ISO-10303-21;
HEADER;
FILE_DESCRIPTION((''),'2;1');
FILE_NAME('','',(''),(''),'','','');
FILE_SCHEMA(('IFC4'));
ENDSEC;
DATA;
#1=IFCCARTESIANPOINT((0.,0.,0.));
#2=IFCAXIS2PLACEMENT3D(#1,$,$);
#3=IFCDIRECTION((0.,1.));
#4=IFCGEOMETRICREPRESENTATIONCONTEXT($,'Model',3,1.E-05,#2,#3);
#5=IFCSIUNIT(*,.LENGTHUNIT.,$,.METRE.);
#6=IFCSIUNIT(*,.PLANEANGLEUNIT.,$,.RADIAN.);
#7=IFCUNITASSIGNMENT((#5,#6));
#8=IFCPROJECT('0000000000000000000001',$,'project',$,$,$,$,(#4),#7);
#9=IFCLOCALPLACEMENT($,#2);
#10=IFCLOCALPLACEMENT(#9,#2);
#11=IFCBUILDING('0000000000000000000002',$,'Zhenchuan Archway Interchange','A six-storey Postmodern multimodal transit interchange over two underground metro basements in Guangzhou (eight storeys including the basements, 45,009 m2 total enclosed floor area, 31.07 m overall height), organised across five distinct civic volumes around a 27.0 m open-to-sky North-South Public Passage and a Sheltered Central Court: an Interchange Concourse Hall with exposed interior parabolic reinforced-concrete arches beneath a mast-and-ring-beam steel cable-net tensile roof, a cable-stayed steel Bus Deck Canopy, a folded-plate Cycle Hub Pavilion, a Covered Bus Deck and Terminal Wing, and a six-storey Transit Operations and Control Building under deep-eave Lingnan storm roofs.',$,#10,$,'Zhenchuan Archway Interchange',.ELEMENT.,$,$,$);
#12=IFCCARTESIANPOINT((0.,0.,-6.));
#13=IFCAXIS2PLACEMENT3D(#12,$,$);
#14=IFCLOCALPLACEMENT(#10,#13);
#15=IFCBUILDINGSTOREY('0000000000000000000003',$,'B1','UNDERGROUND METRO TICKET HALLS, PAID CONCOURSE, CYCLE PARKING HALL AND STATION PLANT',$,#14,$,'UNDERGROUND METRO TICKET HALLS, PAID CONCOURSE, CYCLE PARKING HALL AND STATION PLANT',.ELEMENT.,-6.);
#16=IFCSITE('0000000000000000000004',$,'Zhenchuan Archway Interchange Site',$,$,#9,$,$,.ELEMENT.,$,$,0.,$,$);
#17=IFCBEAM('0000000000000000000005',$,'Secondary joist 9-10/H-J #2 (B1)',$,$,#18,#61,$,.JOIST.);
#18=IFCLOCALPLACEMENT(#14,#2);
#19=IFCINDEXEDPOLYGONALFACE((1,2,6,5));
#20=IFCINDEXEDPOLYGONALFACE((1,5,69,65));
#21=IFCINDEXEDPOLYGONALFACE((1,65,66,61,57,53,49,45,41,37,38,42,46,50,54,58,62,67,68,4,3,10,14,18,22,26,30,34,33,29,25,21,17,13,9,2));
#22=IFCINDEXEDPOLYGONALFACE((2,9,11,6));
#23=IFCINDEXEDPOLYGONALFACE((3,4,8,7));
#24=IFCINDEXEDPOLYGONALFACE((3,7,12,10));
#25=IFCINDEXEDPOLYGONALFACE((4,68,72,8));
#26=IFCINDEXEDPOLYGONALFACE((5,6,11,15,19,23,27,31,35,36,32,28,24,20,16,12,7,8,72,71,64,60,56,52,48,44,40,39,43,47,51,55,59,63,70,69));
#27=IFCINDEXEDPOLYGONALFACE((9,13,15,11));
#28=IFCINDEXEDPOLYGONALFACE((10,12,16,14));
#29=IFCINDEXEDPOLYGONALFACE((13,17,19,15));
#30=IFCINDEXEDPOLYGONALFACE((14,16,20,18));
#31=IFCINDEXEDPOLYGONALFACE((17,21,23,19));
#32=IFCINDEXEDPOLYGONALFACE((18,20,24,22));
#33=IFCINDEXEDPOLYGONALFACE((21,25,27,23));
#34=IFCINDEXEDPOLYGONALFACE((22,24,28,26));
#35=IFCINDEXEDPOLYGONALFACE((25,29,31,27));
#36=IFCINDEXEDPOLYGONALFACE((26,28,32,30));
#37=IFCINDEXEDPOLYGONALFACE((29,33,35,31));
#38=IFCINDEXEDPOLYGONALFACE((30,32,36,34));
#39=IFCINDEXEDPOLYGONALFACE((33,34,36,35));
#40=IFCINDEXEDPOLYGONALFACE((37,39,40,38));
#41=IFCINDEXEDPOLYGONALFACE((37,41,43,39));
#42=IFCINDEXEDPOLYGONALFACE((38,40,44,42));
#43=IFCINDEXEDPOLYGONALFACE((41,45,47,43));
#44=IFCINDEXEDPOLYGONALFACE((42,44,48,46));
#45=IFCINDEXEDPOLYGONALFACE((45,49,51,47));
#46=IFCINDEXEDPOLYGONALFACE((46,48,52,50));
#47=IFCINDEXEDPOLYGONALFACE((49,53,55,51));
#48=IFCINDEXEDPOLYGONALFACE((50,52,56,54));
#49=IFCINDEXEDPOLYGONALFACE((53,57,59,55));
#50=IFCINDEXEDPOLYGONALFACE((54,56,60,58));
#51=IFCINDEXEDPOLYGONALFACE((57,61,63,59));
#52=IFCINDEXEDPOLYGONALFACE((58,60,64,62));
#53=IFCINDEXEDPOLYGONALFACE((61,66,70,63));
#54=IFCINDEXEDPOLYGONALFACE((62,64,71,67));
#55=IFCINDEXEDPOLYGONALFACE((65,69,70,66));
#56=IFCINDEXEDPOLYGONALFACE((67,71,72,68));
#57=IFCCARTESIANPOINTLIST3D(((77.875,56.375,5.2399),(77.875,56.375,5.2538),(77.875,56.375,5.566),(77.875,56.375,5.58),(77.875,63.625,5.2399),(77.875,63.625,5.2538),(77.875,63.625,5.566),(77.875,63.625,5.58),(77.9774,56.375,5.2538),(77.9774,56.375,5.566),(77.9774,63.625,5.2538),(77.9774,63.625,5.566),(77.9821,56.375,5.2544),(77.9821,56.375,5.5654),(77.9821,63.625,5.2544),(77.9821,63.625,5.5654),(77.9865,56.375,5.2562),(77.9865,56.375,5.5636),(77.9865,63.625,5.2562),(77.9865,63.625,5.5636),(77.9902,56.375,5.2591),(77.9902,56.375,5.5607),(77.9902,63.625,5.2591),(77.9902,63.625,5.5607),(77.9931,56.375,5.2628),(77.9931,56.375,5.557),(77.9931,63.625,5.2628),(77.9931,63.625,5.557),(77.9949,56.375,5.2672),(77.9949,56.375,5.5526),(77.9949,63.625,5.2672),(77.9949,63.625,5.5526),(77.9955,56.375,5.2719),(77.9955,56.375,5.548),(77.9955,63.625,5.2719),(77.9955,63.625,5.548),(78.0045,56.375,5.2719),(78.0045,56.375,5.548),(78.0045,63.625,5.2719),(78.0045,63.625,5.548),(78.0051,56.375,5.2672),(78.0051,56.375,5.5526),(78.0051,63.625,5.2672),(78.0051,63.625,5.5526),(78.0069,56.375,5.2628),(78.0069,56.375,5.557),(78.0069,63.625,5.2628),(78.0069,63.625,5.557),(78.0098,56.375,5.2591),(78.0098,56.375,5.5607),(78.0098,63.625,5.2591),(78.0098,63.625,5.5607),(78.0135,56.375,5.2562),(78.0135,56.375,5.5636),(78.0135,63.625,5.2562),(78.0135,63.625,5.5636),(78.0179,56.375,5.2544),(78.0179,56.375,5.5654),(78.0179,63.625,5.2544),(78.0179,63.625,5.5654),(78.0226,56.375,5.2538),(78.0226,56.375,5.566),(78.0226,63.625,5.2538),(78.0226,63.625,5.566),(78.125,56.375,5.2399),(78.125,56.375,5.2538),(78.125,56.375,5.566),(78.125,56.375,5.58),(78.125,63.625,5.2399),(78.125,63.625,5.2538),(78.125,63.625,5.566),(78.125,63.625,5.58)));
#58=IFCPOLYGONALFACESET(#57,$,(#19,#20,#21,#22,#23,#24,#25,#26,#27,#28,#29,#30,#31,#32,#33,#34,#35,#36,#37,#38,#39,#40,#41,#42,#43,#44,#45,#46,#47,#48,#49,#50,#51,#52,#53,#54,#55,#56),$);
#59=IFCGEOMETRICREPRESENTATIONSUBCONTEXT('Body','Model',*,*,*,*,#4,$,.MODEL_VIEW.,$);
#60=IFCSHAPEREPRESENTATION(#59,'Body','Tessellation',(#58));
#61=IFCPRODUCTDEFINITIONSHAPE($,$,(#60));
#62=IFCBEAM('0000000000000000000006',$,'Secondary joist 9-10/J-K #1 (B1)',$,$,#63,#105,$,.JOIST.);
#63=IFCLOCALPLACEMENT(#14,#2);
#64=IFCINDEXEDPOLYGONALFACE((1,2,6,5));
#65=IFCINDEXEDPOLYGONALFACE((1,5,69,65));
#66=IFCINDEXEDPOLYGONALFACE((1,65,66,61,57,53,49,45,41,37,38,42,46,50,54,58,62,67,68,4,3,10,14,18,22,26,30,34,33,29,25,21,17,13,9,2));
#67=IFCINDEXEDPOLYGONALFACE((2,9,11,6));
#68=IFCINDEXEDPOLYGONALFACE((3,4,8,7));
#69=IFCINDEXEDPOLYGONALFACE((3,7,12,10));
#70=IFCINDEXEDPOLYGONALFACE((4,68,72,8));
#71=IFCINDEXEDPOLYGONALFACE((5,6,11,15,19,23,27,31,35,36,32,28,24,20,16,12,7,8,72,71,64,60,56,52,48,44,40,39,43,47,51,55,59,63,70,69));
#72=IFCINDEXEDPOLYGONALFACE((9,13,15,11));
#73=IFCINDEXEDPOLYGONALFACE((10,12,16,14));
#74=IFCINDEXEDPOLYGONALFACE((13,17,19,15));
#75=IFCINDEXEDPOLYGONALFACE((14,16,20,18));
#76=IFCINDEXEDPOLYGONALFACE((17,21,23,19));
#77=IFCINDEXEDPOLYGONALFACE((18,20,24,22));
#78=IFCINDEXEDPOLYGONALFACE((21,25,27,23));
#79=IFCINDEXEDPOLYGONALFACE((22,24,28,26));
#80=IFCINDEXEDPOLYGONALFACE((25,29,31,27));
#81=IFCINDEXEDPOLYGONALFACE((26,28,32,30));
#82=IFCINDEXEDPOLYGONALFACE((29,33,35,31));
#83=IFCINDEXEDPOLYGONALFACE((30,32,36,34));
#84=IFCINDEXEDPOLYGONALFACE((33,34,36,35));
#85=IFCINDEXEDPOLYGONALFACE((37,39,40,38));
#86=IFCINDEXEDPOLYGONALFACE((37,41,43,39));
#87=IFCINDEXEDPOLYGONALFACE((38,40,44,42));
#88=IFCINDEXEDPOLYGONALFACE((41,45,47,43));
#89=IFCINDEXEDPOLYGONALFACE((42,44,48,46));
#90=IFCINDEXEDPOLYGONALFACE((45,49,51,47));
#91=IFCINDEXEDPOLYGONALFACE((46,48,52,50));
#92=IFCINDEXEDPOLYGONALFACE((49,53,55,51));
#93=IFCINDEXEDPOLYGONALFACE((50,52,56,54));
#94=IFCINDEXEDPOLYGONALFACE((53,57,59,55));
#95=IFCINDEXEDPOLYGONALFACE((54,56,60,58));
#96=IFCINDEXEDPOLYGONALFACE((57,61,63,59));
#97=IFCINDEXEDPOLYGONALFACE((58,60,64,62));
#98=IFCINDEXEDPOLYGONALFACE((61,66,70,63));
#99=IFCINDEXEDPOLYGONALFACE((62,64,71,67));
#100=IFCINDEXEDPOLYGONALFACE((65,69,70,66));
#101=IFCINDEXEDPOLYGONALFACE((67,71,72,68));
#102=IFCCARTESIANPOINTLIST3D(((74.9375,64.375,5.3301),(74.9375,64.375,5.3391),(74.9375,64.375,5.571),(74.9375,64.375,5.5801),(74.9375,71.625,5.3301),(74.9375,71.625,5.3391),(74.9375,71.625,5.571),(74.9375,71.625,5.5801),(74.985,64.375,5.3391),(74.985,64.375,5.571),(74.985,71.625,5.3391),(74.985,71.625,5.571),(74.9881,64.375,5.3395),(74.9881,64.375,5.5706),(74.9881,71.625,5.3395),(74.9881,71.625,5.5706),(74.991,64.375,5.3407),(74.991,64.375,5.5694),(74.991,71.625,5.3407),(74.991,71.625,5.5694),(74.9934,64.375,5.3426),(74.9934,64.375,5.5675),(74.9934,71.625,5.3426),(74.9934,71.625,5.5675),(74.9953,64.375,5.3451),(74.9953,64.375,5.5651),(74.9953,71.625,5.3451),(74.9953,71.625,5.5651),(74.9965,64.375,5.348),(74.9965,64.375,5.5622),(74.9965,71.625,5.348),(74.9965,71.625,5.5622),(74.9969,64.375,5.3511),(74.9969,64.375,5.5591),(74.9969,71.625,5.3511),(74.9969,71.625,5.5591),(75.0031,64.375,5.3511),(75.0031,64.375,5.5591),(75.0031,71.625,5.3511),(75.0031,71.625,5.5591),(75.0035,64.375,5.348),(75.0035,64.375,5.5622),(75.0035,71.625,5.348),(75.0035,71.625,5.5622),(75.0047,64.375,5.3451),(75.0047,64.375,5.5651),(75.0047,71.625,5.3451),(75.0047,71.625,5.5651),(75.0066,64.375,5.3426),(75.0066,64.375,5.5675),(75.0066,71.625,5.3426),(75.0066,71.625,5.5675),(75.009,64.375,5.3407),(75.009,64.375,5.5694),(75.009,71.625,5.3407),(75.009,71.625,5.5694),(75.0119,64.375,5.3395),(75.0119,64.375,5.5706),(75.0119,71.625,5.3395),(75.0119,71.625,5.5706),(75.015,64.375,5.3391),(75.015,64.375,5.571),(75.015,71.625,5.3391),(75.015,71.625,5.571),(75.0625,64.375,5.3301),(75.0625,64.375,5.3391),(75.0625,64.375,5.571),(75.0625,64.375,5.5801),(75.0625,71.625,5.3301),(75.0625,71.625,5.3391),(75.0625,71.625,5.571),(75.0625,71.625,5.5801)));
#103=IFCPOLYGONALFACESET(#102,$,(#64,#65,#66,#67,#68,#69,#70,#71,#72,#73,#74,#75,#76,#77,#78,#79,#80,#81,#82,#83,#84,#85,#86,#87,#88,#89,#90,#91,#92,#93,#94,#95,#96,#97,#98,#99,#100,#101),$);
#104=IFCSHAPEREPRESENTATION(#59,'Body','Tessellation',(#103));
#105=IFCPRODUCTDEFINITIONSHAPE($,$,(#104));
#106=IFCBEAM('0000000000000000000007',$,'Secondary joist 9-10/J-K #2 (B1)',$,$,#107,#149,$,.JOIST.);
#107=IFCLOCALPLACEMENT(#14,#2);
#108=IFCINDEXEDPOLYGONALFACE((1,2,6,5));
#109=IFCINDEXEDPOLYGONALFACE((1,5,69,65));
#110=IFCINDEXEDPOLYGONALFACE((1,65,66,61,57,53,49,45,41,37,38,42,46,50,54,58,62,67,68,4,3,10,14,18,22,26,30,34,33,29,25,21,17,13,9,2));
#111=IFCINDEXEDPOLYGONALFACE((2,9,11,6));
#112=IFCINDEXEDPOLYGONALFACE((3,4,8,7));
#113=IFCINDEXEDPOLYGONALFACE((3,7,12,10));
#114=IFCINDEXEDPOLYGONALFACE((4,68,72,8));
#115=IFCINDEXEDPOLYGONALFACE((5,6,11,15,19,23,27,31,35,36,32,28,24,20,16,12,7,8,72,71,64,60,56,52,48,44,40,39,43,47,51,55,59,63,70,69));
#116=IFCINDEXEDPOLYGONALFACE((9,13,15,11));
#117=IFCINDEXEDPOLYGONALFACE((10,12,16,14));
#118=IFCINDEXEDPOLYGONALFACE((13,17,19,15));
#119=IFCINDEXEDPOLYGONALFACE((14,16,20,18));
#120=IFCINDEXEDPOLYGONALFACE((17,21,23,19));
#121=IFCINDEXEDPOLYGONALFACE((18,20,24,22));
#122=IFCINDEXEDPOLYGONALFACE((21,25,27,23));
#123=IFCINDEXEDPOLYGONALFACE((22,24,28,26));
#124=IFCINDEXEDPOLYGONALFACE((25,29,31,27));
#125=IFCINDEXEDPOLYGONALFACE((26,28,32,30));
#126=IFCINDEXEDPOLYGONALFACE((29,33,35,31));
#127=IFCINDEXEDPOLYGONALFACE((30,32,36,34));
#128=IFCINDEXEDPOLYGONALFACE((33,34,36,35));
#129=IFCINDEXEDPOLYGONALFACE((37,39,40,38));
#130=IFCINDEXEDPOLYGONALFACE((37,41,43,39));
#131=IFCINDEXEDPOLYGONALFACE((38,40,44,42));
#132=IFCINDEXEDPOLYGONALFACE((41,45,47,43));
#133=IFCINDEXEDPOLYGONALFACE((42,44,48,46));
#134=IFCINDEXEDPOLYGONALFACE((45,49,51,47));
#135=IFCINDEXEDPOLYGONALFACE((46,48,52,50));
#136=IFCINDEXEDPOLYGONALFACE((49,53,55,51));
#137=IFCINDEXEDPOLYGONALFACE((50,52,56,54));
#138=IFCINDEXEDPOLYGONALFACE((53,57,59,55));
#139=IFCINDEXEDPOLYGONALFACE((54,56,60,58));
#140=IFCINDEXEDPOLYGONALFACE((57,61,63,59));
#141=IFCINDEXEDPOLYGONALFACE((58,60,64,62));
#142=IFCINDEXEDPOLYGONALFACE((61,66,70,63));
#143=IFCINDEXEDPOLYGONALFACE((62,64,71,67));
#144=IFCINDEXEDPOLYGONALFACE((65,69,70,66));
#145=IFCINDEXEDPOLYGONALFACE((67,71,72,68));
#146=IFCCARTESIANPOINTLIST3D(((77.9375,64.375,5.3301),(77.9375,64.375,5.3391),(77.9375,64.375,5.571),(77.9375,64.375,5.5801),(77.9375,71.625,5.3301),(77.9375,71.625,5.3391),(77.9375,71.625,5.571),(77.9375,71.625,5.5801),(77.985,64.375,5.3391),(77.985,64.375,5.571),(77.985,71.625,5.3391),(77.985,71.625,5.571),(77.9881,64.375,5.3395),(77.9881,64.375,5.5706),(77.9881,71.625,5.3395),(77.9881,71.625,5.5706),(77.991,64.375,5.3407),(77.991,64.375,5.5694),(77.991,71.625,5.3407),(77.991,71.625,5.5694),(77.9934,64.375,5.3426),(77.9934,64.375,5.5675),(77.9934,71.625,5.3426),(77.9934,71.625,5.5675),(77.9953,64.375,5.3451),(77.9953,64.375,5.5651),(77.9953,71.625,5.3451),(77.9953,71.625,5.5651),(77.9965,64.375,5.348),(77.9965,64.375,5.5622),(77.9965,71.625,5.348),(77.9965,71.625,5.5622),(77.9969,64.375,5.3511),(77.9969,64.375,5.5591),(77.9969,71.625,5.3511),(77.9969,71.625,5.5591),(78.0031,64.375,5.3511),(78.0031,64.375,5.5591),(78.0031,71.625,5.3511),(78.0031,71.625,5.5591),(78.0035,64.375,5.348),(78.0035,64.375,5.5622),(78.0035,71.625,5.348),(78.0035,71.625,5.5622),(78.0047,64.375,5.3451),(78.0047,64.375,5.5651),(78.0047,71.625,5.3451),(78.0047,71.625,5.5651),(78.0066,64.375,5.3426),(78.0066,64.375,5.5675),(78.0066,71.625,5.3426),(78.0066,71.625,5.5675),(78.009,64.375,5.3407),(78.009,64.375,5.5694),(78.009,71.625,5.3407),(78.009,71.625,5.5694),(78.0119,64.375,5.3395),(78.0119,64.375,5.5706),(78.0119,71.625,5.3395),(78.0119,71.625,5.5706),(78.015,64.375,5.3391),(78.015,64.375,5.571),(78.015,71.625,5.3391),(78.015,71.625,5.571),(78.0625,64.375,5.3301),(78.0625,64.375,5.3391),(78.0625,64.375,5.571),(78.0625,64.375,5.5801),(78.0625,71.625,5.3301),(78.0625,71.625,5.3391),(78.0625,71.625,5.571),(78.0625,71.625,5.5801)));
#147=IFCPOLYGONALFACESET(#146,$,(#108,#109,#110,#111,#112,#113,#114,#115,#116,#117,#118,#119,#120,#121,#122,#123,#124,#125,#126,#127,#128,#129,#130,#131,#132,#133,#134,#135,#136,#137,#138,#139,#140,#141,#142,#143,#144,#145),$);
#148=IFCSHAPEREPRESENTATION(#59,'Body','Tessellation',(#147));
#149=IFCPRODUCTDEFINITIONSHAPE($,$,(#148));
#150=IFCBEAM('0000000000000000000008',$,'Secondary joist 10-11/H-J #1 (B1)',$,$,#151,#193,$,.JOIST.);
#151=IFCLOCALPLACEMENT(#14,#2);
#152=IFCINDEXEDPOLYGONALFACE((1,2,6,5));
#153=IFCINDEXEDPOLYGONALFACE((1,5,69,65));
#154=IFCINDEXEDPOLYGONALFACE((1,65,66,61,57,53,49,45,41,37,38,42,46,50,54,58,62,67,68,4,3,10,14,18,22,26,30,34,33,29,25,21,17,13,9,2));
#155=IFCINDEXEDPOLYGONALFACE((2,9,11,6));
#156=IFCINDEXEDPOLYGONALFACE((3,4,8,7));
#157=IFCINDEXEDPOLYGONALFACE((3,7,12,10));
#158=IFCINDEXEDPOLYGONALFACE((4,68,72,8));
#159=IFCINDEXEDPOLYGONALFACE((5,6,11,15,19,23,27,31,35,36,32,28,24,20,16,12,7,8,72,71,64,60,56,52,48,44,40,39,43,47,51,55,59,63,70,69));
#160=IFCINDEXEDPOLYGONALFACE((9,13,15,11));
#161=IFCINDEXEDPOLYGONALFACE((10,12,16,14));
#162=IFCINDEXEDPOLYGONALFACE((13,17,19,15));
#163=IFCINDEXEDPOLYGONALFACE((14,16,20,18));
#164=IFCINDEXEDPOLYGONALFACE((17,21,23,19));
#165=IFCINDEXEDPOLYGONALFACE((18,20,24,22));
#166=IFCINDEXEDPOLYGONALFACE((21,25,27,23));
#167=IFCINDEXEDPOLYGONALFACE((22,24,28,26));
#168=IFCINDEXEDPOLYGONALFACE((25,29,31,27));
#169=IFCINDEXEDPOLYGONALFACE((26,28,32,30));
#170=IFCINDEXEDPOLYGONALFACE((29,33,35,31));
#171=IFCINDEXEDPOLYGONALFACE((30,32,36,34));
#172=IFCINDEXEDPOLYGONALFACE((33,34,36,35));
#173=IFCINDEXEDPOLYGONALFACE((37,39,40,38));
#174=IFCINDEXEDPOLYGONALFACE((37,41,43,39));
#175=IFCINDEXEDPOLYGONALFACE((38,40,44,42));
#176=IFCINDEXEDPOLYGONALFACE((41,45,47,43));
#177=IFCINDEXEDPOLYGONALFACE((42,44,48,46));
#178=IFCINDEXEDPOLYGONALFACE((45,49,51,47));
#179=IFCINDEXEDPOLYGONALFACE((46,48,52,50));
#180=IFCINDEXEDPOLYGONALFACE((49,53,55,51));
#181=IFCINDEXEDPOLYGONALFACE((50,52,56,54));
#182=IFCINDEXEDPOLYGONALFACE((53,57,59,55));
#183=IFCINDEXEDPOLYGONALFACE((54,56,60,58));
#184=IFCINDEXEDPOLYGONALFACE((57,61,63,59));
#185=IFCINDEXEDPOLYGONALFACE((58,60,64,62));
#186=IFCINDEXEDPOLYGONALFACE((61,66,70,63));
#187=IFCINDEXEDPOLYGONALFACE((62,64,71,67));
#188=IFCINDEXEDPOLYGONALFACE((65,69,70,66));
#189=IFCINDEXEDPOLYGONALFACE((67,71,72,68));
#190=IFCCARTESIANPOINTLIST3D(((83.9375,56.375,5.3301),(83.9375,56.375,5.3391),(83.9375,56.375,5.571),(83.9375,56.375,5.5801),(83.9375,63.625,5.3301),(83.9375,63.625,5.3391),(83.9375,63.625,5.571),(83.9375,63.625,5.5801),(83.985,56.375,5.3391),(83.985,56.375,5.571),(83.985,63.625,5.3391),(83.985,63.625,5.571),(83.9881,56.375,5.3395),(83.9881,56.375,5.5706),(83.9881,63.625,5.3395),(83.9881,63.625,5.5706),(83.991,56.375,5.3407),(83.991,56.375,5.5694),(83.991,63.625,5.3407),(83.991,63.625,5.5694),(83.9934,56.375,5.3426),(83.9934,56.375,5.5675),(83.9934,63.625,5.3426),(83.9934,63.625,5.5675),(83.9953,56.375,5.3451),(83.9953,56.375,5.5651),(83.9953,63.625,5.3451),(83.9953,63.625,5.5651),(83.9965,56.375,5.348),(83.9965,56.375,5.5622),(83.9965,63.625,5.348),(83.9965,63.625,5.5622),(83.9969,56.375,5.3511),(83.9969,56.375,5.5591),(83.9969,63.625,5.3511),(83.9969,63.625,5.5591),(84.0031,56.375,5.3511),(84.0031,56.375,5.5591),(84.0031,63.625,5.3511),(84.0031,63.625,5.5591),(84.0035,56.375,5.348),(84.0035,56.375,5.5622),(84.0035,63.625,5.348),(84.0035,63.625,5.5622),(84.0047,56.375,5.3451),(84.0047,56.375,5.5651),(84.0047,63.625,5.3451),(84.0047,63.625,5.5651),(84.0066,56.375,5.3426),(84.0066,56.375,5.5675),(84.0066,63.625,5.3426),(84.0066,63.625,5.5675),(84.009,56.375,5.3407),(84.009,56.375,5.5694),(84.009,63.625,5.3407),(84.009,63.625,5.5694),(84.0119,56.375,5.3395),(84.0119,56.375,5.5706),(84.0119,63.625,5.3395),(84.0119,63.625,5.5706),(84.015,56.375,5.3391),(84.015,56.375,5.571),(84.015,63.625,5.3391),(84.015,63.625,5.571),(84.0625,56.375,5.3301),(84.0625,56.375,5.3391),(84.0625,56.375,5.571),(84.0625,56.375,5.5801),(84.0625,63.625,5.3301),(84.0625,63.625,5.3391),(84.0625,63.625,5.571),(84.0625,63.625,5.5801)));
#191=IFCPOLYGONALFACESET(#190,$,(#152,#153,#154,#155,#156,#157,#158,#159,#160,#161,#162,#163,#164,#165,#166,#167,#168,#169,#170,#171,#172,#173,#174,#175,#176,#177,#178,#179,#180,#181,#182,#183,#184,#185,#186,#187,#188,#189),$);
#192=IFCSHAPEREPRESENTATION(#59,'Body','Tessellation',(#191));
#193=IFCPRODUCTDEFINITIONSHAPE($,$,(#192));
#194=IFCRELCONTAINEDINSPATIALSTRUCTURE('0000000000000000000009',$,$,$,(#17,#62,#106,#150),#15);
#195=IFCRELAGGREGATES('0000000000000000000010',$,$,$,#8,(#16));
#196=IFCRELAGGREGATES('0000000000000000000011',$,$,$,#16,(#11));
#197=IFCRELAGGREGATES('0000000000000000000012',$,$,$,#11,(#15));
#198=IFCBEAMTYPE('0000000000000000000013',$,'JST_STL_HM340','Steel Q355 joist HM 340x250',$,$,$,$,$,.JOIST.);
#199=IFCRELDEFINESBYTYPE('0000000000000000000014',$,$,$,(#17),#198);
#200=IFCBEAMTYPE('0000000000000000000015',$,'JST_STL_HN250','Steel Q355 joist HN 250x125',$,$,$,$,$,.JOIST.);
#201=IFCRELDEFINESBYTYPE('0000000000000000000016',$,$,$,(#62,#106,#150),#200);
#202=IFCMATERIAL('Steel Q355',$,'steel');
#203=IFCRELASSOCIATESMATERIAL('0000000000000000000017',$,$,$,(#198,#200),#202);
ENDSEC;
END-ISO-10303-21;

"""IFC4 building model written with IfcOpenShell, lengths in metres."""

from ifc_helpers import new_model, si_unit, direction, frame, origin, origin_2d, place, context, subcontext, project, spatial, i_section, extrude, material, material_profile, profile_set, type_object, element, save


model = new_model("IFC4")

# Units and contexts
model_context = context("Model", 3, precision=1e-05, world=origin(), true_north=direction((0.0, 1.0)))
body_context = subcontext(model_context, "Body", "Model", "MODEL_VIEW")
ifc_project = project(units=[si_unit("LENGTHUNIT", "METRE"), si_unit("PLANEANGLEUNIT", "RADIAN")], contexts=[model_context])

# Site, building, storey
site_placement = place(None, origin())
site = spatial("IfcSite", under=ifc_project, at=site_placement, Name="Zhenchuan Archway Interchange Site", CompositionType="ELEMENT", RefElevation=0.0)
building_placement = place(site_placement, origin())
building = spatial("IfcBuilding", under=site, at=building_placement, Name="Zhenchuan Archway Interchange", Description="A six-storey Postmodern multimodal transit interchange over two underground metro basements in Guangzhou (eight storeys including the basements, 45,009 m2 total enclosed floor area, 31.07 m overall height), organised across five distinct civic volumes around a 27.0 m open-to-sky North-South Public Passage and a Sheltered Central Court: an Interchange Concourse Hall with exposed interior parabolic reinforced-concrete arches beneath a mast-and-ring-beam steel cable-net tensile roof, a cable-stayed steel Bus Deck Canopy, a folded-plate Cycle Hub Pavilion, a Covered Bus Deck and Terminal Wing, and a six-storey Transit Operations and Control Building under deep-eave Lingnan storm roofs.", LongName="Zhenchuan Archway Interchange", CompositionType="ELEMENT")
storey_placement = place(building_placement, frame((0.0, 0.0, -6.0)))
storey = spatial("IfcBuildingStorey", under=building, at=storey_placement, Name="B1", Description="UNDERGROUND METRO TICKET HALLS, PAID CONCOURSE, CYCLE PARKING HALL AND STATION PLANT", LongName="UNDERGROUND METRO TICKET HALLS, PAID CONCOURSE, CYCLE PARKING HALL AND STATION PLANT", CompositionType="ELEMENT", Elevation=-6.0)

# Beams
ifc_material_1 = material(Name="Steel Q355", Category="steel")
ifc_material_profile_1 = material_profile(ifc_material_1, i_section(OverallWidth=0.25, OverallDepth=0.3401, WebThickness=0.009, FlangeThickness=0.0139, FilletRadius=0.0181, at=origin_2d()), Name="HM 340x250")
ifc_profile_set_1 = profile_set([ifc_material_profile_1], Name="Steel Q355")
beam_type_1 = type_object("IfcBeamType", Name="JST_STL_HM340", Description="Steel Q355 joist HM 340x250", PredefinedType="JOIST", material=ifc_profile_set_1)
for number, where, z_axis, x_axis, name in (
    (1, (78.0, 56.375, 5.4099), (0.0, 1.0, 0.0), (-1.0, 0.0, 0.0), "Secondary joist 9-10/H-J #2 (B1)"),
):
    element("IfcBeam", number, at=place(storey_placement, frame(where, z_axis=z_axis, x_axis=x_axis)), inside=storey, type_object=beam_type_1, Name=name, PredefinedType="JOIST", context=body_context, shape_type="SweptSolid", body=[
        extrude(i_section(OverallWidth=0.25, OverallDepth=0.3401, WebThickness=0.009, FlangeThickness=0.0139, FilletRadius=0.0181, at=origin_2d()), origin(), (0.0, 0.0, 1.0), 7.25),
    ])
ifc_material_profile_2 = material_profile(ifc_material_1, i_section(OverallWidth=0.125, OverallDepth=0.25, WebThickness=0.0061, FlangeThickness=0.009, FilletRadius=0.012, at=origin_2d()), Name="HN 250x125")
ifc_profile_set_2 = profile_set([ifc_material_profile_2], Name="Steel Q355")
beam_type_2 = type_object("IfcBeamType", Name="JST_STL_HN250", Description="Steel Q355 joist HN 250x125", PredefinedType="JOIST", material=ifc_profile_set_2)
for number, where, z_axis, x_axis, name in (
    (2, (75.0, 64.375, 5.4551), (0.0, 1.0, 0.0), (-1.0, 0.0, 0.0), "Secondary joist 9-10/J-K #1 (B1)"),
    (3, (78.0, 64.375, 5.4551), (0.0, 1.0, 0.0), (-1.0, 0.0, 0.0), "Secondary joist 9-10/J-K #2 (B1)"),
    (4, (84.0, 56.375, 5.4551), (0.0, 1.0, 0.0), (-1.0, 0.0, 0.0), "Secondary joist 10-11/H-J #1 (B1)"),
):
    element("IfcBeam", number, at=place(storey_placement, frame(where, z_axis=z_axis, x_axis=x_axis)), inside=storey, type_object=beam_type_2, Name=name, PredefinedType="JOIST", context=body_context, shape_type="SweptSolid", body=[
        extrude(i_section(OverallWidth=0.125, OverallDepth=0.25, WebThickness=0.0061, FlangeThickness=0.009, FilletRadius=0.012, at=origin_2d()), origin(), (0.0, 0.0, 1.0), 7.25),
    ])

save(model, "model.ifc")
